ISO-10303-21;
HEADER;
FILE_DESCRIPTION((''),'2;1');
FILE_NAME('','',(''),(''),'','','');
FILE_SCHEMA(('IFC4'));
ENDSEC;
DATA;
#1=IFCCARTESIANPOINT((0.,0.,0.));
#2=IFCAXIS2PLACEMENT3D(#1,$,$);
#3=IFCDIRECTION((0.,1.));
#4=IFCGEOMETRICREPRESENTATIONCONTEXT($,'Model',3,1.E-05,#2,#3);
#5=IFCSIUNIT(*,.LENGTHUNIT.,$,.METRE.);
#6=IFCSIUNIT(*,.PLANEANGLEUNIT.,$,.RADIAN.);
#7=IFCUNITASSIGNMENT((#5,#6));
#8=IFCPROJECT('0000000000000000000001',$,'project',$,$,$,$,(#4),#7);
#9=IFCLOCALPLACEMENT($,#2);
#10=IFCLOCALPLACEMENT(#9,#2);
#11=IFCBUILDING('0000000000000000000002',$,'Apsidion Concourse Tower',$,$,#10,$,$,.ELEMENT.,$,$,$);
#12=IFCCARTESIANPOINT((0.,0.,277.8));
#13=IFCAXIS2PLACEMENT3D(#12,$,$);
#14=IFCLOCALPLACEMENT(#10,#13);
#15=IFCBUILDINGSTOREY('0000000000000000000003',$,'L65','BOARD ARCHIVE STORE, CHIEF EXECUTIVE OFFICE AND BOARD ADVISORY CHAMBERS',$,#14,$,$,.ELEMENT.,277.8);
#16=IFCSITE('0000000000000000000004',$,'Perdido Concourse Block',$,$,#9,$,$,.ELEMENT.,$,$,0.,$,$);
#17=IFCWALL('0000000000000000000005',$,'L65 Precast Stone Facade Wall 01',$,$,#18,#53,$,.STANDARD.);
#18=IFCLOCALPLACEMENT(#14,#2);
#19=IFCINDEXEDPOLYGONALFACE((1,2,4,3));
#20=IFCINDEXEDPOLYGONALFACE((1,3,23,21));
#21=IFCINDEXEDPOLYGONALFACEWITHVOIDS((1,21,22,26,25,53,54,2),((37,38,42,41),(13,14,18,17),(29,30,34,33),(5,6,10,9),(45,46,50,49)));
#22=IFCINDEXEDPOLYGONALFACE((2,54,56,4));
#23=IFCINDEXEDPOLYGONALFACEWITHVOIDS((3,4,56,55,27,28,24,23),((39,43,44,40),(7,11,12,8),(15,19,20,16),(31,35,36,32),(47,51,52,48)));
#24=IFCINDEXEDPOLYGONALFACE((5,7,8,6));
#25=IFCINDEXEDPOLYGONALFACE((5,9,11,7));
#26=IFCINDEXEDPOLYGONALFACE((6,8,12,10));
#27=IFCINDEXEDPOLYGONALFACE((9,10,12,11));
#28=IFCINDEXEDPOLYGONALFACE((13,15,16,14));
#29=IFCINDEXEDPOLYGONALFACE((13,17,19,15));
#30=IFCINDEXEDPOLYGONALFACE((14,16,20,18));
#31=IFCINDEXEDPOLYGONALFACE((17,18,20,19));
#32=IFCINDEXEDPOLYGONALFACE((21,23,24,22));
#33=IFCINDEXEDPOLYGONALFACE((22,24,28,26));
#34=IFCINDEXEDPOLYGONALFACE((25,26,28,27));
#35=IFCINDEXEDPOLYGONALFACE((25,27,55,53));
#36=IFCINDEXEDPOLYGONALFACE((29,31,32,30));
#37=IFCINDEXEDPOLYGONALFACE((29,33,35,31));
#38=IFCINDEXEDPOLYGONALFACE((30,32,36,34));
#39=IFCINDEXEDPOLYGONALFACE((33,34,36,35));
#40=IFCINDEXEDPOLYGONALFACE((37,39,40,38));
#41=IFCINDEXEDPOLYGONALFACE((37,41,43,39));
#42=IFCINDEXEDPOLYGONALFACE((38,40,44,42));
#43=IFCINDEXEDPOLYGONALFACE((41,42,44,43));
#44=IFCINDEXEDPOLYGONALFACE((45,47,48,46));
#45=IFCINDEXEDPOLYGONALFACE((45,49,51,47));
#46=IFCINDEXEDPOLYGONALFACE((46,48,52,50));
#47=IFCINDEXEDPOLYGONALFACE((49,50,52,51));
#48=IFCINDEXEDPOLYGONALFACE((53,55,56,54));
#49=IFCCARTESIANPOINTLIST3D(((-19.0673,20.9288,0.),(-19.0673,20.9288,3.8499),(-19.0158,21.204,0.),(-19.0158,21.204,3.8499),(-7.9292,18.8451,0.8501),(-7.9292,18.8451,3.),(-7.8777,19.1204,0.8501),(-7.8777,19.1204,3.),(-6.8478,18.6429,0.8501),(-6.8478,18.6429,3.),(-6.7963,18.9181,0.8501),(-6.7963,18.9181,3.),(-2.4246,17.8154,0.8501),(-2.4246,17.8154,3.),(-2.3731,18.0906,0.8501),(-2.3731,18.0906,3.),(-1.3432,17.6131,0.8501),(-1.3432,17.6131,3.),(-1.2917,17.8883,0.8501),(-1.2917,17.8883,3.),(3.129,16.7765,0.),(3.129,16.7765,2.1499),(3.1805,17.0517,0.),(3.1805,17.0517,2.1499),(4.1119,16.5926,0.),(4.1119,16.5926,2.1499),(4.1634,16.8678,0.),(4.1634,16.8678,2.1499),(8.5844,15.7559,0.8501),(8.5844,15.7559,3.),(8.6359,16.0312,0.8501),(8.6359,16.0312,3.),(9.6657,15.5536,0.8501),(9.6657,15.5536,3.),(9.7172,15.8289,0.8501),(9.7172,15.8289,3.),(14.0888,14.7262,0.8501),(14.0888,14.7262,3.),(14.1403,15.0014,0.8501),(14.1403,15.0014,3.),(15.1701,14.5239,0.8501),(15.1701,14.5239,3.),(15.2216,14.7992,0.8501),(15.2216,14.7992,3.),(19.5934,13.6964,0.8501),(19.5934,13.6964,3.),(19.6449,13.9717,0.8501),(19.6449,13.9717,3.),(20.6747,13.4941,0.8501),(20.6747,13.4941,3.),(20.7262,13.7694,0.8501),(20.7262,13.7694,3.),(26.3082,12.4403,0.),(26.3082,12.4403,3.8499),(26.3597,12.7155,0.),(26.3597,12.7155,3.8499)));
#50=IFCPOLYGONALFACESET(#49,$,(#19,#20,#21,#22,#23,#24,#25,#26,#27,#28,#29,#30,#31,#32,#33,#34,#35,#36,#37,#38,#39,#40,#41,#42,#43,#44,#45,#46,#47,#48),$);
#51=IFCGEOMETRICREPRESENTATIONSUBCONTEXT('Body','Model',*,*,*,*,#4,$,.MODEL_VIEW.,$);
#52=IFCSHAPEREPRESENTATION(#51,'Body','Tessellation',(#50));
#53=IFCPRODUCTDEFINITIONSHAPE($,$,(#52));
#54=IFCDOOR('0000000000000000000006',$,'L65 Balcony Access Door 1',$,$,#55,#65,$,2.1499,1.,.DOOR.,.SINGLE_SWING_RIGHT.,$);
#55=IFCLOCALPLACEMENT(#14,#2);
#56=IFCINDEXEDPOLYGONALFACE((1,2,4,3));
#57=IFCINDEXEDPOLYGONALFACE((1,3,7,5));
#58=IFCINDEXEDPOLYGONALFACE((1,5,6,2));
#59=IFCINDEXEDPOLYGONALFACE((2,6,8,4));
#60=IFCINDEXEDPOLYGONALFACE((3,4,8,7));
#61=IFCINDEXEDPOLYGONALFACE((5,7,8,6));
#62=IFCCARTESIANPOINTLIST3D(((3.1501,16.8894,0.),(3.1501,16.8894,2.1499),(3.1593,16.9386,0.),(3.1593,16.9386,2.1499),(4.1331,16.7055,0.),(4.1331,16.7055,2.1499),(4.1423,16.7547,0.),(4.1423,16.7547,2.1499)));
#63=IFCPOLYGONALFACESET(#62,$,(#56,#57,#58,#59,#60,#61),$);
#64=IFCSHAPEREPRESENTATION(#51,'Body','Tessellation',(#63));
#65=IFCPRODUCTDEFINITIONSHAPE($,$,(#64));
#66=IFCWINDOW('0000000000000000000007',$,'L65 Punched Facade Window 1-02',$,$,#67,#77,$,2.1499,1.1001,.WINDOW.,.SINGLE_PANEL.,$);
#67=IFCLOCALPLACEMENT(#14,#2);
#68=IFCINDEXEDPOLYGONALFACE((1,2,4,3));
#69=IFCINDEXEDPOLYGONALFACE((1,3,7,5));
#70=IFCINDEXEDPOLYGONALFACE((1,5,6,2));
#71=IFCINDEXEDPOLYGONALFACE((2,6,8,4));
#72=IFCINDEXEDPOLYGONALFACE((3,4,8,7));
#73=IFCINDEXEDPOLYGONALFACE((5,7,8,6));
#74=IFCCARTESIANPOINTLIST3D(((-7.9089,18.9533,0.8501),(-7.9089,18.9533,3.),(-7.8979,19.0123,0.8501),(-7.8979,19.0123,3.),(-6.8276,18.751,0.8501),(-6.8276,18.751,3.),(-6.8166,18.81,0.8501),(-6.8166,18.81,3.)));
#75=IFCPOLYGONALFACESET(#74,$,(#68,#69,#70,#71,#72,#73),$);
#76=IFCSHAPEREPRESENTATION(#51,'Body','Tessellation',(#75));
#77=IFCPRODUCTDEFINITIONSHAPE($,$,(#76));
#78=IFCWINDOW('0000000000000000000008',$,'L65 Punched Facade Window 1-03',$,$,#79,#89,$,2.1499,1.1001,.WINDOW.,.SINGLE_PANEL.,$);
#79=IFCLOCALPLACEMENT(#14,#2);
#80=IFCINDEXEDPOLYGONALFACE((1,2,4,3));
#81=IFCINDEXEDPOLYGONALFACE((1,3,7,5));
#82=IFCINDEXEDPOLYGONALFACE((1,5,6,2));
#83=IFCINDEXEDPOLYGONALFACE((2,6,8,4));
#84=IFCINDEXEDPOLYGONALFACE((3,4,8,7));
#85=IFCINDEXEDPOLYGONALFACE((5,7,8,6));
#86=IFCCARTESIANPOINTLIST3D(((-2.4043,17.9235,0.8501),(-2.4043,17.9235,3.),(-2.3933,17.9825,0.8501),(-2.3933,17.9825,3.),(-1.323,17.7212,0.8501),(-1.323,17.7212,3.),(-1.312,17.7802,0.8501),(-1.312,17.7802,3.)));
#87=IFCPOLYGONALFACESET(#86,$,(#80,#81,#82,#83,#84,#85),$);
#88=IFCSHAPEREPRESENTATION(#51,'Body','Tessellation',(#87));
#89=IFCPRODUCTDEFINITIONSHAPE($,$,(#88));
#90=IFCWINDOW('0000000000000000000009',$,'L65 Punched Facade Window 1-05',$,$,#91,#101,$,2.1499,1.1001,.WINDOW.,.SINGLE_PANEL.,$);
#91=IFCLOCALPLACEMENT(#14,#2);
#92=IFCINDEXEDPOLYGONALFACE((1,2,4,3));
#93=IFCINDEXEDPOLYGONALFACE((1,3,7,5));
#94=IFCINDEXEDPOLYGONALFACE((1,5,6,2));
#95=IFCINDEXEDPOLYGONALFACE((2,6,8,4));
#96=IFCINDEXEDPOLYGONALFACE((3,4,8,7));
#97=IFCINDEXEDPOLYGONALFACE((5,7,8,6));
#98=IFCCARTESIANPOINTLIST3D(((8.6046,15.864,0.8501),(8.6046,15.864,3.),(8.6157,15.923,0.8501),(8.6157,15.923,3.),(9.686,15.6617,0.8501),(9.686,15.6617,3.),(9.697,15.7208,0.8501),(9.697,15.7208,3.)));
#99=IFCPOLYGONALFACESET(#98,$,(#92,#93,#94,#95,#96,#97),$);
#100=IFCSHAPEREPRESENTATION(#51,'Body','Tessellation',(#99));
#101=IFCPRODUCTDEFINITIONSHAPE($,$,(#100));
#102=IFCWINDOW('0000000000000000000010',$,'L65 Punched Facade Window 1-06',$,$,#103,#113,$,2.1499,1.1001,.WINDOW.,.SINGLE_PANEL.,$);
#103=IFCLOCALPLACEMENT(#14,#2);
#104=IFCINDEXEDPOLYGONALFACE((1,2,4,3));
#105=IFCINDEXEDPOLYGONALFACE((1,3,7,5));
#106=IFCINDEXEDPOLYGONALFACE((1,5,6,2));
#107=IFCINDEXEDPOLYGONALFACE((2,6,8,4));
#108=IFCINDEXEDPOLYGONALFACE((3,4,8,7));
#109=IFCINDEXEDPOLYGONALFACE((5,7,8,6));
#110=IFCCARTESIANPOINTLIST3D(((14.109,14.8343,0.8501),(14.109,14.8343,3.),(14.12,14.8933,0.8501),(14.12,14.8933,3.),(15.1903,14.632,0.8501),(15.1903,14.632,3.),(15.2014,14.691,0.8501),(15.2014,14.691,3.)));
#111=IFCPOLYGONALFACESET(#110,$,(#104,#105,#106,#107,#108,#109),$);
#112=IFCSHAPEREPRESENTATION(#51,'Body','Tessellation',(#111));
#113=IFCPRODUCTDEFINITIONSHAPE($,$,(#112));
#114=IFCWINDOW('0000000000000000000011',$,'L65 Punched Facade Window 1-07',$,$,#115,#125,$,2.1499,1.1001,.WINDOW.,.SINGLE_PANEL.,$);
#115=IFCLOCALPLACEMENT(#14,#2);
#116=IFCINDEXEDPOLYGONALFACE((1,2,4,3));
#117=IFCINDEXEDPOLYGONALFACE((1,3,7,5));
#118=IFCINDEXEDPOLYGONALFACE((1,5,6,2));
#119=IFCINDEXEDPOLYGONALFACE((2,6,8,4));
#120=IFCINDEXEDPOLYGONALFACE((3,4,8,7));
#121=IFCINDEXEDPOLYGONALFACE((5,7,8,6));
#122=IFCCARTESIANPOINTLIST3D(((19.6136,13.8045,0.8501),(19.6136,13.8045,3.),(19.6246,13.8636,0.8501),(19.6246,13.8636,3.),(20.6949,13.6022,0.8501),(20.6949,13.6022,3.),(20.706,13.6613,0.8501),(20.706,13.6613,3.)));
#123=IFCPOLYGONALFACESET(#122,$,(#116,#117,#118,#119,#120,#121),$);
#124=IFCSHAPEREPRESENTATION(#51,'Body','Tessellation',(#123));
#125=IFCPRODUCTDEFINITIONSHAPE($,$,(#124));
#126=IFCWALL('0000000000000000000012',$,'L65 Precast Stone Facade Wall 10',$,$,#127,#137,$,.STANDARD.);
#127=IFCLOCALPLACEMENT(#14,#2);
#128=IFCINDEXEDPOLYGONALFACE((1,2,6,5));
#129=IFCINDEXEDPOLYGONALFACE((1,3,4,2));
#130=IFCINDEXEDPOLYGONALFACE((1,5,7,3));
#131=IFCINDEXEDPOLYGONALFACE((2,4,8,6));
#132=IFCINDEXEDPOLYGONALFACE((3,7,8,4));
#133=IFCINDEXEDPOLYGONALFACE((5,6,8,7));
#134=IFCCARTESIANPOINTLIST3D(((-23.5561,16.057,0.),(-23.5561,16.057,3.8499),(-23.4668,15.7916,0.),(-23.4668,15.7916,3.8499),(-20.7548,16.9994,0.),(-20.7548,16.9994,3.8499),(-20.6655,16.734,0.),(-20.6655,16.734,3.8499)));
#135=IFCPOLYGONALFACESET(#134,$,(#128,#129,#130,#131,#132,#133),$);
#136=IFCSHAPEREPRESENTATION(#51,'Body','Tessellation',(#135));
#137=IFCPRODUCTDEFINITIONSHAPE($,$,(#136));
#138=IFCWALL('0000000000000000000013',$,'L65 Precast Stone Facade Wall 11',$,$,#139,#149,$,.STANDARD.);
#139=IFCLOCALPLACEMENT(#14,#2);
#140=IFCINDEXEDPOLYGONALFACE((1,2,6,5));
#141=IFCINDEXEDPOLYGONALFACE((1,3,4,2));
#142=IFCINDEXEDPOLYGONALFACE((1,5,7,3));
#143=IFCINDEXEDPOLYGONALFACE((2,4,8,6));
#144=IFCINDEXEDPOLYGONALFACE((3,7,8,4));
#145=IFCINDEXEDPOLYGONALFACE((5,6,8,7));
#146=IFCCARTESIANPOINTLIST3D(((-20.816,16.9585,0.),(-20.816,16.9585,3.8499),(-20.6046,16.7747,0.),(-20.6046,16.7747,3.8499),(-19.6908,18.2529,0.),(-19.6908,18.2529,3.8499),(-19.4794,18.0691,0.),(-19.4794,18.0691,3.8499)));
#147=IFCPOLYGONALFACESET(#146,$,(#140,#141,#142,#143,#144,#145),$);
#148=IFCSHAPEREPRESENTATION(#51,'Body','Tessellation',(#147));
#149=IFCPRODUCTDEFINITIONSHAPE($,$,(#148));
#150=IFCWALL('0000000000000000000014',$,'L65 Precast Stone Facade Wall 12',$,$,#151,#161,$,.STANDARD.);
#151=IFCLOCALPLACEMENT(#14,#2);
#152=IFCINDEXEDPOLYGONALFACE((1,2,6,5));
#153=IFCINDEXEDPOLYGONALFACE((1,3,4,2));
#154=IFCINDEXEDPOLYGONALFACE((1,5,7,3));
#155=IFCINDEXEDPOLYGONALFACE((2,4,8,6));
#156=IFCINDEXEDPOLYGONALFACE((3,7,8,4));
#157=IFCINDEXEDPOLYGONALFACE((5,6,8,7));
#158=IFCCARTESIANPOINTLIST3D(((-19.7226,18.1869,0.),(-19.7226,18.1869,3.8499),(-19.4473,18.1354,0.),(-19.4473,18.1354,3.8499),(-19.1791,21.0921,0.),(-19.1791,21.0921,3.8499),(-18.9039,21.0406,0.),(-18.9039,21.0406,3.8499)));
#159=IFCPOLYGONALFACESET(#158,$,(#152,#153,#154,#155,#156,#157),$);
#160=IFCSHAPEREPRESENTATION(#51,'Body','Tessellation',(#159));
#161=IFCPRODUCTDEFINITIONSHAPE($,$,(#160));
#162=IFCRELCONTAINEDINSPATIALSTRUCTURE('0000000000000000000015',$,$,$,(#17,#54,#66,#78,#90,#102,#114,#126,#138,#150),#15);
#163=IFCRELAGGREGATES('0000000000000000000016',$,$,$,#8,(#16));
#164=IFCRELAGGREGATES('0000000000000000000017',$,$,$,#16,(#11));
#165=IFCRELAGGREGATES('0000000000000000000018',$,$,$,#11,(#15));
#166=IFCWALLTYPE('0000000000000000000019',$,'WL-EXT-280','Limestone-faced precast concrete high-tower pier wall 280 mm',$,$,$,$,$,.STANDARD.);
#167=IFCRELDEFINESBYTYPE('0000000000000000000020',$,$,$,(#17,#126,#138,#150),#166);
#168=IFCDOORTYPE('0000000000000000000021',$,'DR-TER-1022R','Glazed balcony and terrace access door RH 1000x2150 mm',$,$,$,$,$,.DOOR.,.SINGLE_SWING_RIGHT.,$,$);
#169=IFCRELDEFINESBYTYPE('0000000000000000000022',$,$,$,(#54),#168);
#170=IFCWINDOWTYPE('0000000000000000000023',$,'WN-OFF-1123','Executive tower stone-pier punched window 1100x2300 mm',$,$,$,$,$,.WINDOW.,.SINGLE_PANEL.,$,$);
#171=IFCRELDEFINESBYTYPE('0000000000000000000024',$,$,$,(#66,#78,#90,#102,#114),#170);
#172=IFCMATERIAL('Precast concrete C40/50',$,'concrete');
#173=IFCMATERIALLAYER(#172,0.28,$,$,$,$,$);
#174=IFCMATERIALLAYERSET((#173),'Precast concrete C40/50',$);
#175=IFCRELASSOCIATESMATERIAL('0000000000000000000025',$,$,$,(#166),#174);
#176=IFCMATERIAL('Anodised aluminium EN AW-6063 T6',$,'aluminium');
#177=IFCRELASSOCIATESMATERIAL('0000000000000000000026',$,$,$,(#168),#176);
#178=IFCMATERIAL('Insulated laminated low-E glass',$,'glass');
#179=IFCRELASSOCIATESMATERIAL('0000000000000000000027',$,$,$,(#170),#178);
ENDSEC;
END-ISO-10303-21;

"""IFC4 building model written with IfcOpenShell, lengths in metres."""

from ifc_helpers import new_model, si_unit, direction, frame, frame_2d, origin, place, context, subcontext, project, spatial, rectangle, extrude, material, layer, layer_set, type_object, element, fill, save


model = new_model("IFC4")

# Units and contexts
model_context = context("Model", 3, precision=1e-05, world=origin(), true_north=direction((0.0, 1.0)))
body_context = subcontext(model_context, "Body", "Model", "MODEL_VIEW")
ifc_project = project(units=[si_unit("LENGTHUNIT", "METRE"), si_unit("PLANEANGLEUNIT", "RADIAN")], contexts=[model_context])

# Site, building, storey
site_placement = place(None, origin())
site = spatial("IfcSite", under=ifc_project, at=site_placement, Name="Perdido Concourse Block", CompositionType="ELEMENT", RefElevation=0.0)
building_placement = place(site_placement, origin())
building = spatial("IfcBuilding", under=site, at=building_placement, Name="Apsidion Concourse Tower", CompositionType="ELEMENT")
storey_placement = place(building_placement, frame((0.0, 0.0, 277.8)))
storey = spatial("IfcBuildingStorey", under=building, at=storey_placement, Name="L65", Description="BOARD ARCHIVE STORE, CHIEF EXECUTIVE OFFICE AND BOARD ADVISORY CHAMBERS", CompositionType="ELEMENT", Elevation=277.8)

# Wall, openings, door, windows
ifc_material_1 = material(Name="Precast concrete C40/50", Category="concrete")
ifc_layer_1 = layer(ifc_material_1, 0.28)
ifc_layer_set_1 = layer_set([ifc_layer_1], Name="Precast concrete C40/50")
wall_type_1 = type_object("IfcWallType", Name="WL-EXT-280", Description="Limestone-faced precast concrete high-tower pier wall 280 mm", PredefinedType="STANDARD", material=ifc_layer_set_1)
wall_1_placement = place(storey_placement, frame((-19.0415, 21.0664, 0.0), z_axis=(0.0, 0.0, 1.0), x_axis=(0.982948, -0.183883, 0.0)))
wall_1 = element("IfcWall", 1, at=wall_1_placement, inside=storey, type_object=wall_type_1, Name="L65 Precast Stone Facade Wall 01", PredefinedType="STANDARD", context=body_context, shape_type="SweptSolid", body=[
    extrude(rectangle(XDim=46.1626, YDim=0.28, at=frame_2d((23.0813, 0.0))), origin(), (0.0, 0.0, 1.0), 3.8499),
])
opening_1_placement = place(wall_1_placement, frame((22.5813, 0.0, 0.0)))
opening_1 = element("IfcOpeningElement", 2, at=opening_1_placement, cuts=wall_1, PredefinedType="OPENING", context=body_context, shape_type="SweptSolid", body=[
    extrude(rectangle(XDim=1.0, YDim=2.1499, at=frame_2d((0.5, 1.075))), frame((0.0, 0.1499, 0.0), z_axis=(0.0, -1.0, 0.0), x_axis=(1.0, 0.0, 0.0)), (0.0, 0.0, 1.0), 0.3),
])
opening_2_placement = place(wall_1_placement, frame((11.3313, 0.0, 0.8501)))
opening_2 = element("IfcOpeningElement", 3, at=opening_2_placement, cuts=wall_1, PredefinedType="OPENING", context=body_context, shape_type="SweptSolid", body=[
    extrude(rectangle(XDim=1.1001, YDim=2.1499, at=frame_2d((0.55, 1.075))), frame((0.0, 0.1499, 0.0), z_axis=(0.0, -1.0, 0.0), x_axis=(1.0, 0.0, 0.0)), (0.0, 0.0, 1.0), 0.3),
])
opening_3_placement = place(wall_1_placement, frame((16.9314, 0.0, 0.8501)))
opening_3 = element("IfcOpeningElement", 4, at=opening_3_placement, cuts=wall_1, PredefinedType="OPENING", context=body_context, shape_type="SweptSolid", body=[
    extrude(rectangle(XDim=1.1001, YDim=2.1499, at=frame_2d((0.55, 1.075))), frame((0.0, 0.1499, 0.0), z_axis=(0.0, -1.0, 0.0), x_axis=(1.0, 0.0, 0.0)), (0.0, 0.0, 1.0), 0.3),
])
opening_4_placement = place(wall_1_placement, frame((28.1313, 0.0, 0.8501)))
opening_4 = element("IfcOpeningElement", 5, at=opening_4_placement, cuts=wall_1, PredefinedType="OPENING", context=body_context, shape_type="SweptSolid", body=[
    extrude(rectangle(XDim=1.1001, YDim=2.1499, at=frame_2d((0.55, 1.075))), frame((0.0, 0.1499, 0.0), z_axis=(0.0, -1.0, 0.0), x_axis=(1.0, 0.0, 0.0)), (0.0, 0.0, 1.0), 0.3),
])
opening_5_placement = place(wall_1_placement, frame((33.7312, 0.0, 0.8501)))
opening_5 = element("IfcOpeningElement", 6, at=opening_5_placement, cuts=wall_1, PredefinedType="OPENING", context=body_context, shape_type="SweptSolid", body=[
    extrude(rectangle(XDim=1.1001, YDim=2.1499, at=frame_2d((0.55, 1.075))), frame((0.0, 0.1499, 0.0), z_axis=(0.0, -1.0, 0.0), x_axis=(1.0, 0.0, 0.0)), (0.0, 0.0, 1.0), 0.3),
])
opening_6_placement = place(wall_1_placement, frame((39.3313, 0.0, 0.8501)))
opening_6 = element("IfcOpeningElement", 7, at=opening_6_placement, cuts=wall_1, PredefinedType="OPENING", context=body_context, shape_type="SweptSolid", body=[
    extrude(rectangle(XDim=1.1001, YDim=2.1499, at=frame_2d((0.55, 1.075))), frame((0.0, 0.1499, 0.0), z_axis=(0.0, -1.0, 0.0), x_axis=(1.0, 0.0, 0.0)), (0.0, 0.0, 1.0), 0.3),
])
ifc_material_2 = material(Name="Anodised aluminium EN AW-6063 T6", Category="aluminium")
door_type_1 = type_object("IfcDoorType", Name="DR-TER-1022R", Description="Glazed balcony and terrace access door RH 1000x2150 mm", OperationType="SINGLE_SWING_RIGHT", PredefinedType="DOOR", material=ifc_material_2)
door_1_placement = place(opening_1_placement, origin())
door_1 = element("IfcDoor", 8, at=door_1_placement, inside=storey, type_object=door_type_1, Name="L65 Balcony Access Door 1", OperationType="SINGLE_SWING_RIGHT", OverallHeight=2.1499, OverallWidth=1.0, PredefinedType="DOOR", context=body_context, shape_type="SweptSolid", body=[
    extrude(rectangle(XDim=1.0, YDim=2.1499, at=frame_2d((0.5, 1.075))), frame((0.0, 0.0249, 0.0), z_axis=(0.0, -1.0, 0.0), x_axis=(1.0, 0.0, 0.0)), (0.0, 0.0, 1.0), 0.05),
])
fill(opening_1, door_1)
ifc_material_3 = material(Name="Insulated laminated low-E glass", Category="glass")
window_type = type_object("IfcWindowType", Name="WN-OFF-1123", Description="Executive tower stone-pier punched window 1100x2300 mm", PartitioningType="SINGLE_PANEL", PredefinedType="WINDOW", material=ifc_material_3)
window_1_placement = place(opening_2_placement, origin())
window_1 = element("IfcWindow", 9, at=window_1_placement, inside=storey, type_object=window_type, Name="L65 Punched Facade Window 1-02", OverallHeight=2.1499, OverallWidth=1.1001, PartitioningType="SINGLE_PANEL", PredefinedType="WINDOW", context=body_context, shape_type="SweptSolid", body=[
    extrude(rectangle(XDim=1.1001, YDim=2.1499, at=frame_2d((0.55, 1.075))), frame((0.0, 0.03, 0.0), z_axis=(0.0, -1.0, 0.0), x_axis=(1.0, 0.0, 0.0)), (0.0, 0.0, 1.0), 0.0601),
])
fill(opening_2, window_1)
window_2_placement = place(opening_3_placement, origin())
window_2 = element("IfcWindow", 10, at=window_2_placement, inside=storey, type_object=window_type, Name="L65 Punched Facade Window 1-03", OverallHeight=2.1499, OverallWidth=1.1001, PartitioningType="SINGLE_PANEL", PredefinedType="WINDOW", context=body_context, shape_type="SweptSolid", body=[
    extrude(rectangle(XDim=1.1001, YDim=2.1499, at=frame_2d((0.55, 1.075))), frame((0.0, 0.03, 0.0), z_axis=(0.0, -1.0, 0.0), x_axis=(1.0, 0.0, 0.0)), (0.0, 0.0, 1.0), 0.0601),
])
fill(opening_3, window_2)
window_3_placement = place(opening_4_placement, origin())
window_3 = element("IfcWindow", 11, at=window_3_placement, inside=storey, type_object=window_type, Name="L65 Punched Facade Window 1-05", OverallHeight=2.1499, OverallWidth=1.1001, PartitioningType="SINGLE_PANEL", PredefinedType="WINDOW", context=body_context, shape_type="SweptSolid", body=[
    extrude(rectangle(XDim=1.1001, YDim=2.1499, at=frame_2d((0.55, 1.075))), frame((0.0, 0.03, 0.0), z_axis=(0.0, -1.0, 0.0), x_axis=(1.0, 0.0, 0.0)), (0.0, 0.0, 1.0), 0.0601),
])
fill(opening_4, window_3)
window_4_placement = place(opening_5_placement, origin())
window_4 = element("IfcWindow", 12, at=window_4_placement, inside=storey, type_object=window_type, Name="L65 Punched Facade Window 1-06", OverallHeight=2.1499, OverallWidth=1.1001, PartitioningType="SINGLE_PANEL", PredefinedType="WINDOW", context=body_context, shape_type="SweptSolid", body=[
    extrude(rectangle(XDim=1.1001, YDim=2.1499, at=frame_2d((0.55, 1.075))), frame((0.0, 0.03, 0.0), z_axis=(0.0, -1.0, 0.0), x_axis=(1.0, 0.0, 0.0)), (0.0, 0.0, 1.0), 0.0601),
])
fill(opening_5, window_4)
window_5_placement = place(opening_6_placement, origin())
window_5 = element("IfcWindow", 13, at=window_5_placement, inside=storey, type_object=window_type, Name="L65 Punched Facade Window 1-07", OverallHeight=2.1499, OverallWidth=1.1001, PartitioningType="SINGLE_PANEL", PredefinedType="WINDOW", context=body_context, shape_type="SweptSolid", body=[
    extrude(rectangle(XDim=1.1001, YDim=2.1499, at=frame_2d((0.55, 1.075))), frame((0.0, 0.03, 0.0), z_axis=(0.0, -1.0, 0.0), x_axis=(1.0, 0.0, 0.0)), (0.0, 0.0, 1.0), 0.0601),
])
fill(opening_6, window_5)

# Walls
wall_2_placement = place(storey_placement, frame((-23.5115, 15.9243, 0.0), z_axis=(0.0, 0.0, 1.0), x_axis=(0.947804, 0.318853, 0.0)))
element("IfcWall", 14, at=wall_2_placement, inside=storey, type_object=wall_type_1, Name="L65 Precast Stone Facade Wall 10", PredefinedType="STANDARD", context=body_context, shape_type="SweptSolid", body=[
    extrude(rectangle(XDim=2.9556, YDim=0.28, at=frame_2d((1.4778, 0.0))), origin(), (0.0, 0.0, 1.0), 3.8499),
])
wall_3_placement = place(storey_placement, frame((-20.7102, 16.8667, 0.0), z_axis=(0.0, 0.0, 1.0), x_axis=(0.656062, 0.754707, 0.0)))
element("IfcWall", 15, at=wall_3_placement, inside=storey, type_object=wall_type_1, Name="L65 Precast Stone Facade Wall 11", PredefinedType="STANDARD", context=body_context, shape_type="SweptSolid", body=[
    extrude(rectangle(XDim=1.7151, YDim=0.28, at=frame_2d((0.8574, 0.0))), origin(), (0.0, 0.0, 1.0), 3.8499),
])
wall_4_placement = place(storey_placement, frame((-19.585, 18.1611, 0.0), z_axis=(0.0, 0.0, 1.0), x_axis=(0.18387, 0.982951, 0.0)))
element("IfcWall", 16, at=wall_4_placement, inside=storey, type_object=wall_type_1, Name="L65 Precast Stone Facade Wall 12", PredefinedType="STANDARD", context=body_context, shape_type="SweptSolid", body=[
    extrude(rectangle(XDim=2.9556, YDim=0.28, at=frame_2d((1.4778, 0.0))), origin(), (0.0, 0.0, 1.0), 3.8499),
])

save(model, "model.ifc")
